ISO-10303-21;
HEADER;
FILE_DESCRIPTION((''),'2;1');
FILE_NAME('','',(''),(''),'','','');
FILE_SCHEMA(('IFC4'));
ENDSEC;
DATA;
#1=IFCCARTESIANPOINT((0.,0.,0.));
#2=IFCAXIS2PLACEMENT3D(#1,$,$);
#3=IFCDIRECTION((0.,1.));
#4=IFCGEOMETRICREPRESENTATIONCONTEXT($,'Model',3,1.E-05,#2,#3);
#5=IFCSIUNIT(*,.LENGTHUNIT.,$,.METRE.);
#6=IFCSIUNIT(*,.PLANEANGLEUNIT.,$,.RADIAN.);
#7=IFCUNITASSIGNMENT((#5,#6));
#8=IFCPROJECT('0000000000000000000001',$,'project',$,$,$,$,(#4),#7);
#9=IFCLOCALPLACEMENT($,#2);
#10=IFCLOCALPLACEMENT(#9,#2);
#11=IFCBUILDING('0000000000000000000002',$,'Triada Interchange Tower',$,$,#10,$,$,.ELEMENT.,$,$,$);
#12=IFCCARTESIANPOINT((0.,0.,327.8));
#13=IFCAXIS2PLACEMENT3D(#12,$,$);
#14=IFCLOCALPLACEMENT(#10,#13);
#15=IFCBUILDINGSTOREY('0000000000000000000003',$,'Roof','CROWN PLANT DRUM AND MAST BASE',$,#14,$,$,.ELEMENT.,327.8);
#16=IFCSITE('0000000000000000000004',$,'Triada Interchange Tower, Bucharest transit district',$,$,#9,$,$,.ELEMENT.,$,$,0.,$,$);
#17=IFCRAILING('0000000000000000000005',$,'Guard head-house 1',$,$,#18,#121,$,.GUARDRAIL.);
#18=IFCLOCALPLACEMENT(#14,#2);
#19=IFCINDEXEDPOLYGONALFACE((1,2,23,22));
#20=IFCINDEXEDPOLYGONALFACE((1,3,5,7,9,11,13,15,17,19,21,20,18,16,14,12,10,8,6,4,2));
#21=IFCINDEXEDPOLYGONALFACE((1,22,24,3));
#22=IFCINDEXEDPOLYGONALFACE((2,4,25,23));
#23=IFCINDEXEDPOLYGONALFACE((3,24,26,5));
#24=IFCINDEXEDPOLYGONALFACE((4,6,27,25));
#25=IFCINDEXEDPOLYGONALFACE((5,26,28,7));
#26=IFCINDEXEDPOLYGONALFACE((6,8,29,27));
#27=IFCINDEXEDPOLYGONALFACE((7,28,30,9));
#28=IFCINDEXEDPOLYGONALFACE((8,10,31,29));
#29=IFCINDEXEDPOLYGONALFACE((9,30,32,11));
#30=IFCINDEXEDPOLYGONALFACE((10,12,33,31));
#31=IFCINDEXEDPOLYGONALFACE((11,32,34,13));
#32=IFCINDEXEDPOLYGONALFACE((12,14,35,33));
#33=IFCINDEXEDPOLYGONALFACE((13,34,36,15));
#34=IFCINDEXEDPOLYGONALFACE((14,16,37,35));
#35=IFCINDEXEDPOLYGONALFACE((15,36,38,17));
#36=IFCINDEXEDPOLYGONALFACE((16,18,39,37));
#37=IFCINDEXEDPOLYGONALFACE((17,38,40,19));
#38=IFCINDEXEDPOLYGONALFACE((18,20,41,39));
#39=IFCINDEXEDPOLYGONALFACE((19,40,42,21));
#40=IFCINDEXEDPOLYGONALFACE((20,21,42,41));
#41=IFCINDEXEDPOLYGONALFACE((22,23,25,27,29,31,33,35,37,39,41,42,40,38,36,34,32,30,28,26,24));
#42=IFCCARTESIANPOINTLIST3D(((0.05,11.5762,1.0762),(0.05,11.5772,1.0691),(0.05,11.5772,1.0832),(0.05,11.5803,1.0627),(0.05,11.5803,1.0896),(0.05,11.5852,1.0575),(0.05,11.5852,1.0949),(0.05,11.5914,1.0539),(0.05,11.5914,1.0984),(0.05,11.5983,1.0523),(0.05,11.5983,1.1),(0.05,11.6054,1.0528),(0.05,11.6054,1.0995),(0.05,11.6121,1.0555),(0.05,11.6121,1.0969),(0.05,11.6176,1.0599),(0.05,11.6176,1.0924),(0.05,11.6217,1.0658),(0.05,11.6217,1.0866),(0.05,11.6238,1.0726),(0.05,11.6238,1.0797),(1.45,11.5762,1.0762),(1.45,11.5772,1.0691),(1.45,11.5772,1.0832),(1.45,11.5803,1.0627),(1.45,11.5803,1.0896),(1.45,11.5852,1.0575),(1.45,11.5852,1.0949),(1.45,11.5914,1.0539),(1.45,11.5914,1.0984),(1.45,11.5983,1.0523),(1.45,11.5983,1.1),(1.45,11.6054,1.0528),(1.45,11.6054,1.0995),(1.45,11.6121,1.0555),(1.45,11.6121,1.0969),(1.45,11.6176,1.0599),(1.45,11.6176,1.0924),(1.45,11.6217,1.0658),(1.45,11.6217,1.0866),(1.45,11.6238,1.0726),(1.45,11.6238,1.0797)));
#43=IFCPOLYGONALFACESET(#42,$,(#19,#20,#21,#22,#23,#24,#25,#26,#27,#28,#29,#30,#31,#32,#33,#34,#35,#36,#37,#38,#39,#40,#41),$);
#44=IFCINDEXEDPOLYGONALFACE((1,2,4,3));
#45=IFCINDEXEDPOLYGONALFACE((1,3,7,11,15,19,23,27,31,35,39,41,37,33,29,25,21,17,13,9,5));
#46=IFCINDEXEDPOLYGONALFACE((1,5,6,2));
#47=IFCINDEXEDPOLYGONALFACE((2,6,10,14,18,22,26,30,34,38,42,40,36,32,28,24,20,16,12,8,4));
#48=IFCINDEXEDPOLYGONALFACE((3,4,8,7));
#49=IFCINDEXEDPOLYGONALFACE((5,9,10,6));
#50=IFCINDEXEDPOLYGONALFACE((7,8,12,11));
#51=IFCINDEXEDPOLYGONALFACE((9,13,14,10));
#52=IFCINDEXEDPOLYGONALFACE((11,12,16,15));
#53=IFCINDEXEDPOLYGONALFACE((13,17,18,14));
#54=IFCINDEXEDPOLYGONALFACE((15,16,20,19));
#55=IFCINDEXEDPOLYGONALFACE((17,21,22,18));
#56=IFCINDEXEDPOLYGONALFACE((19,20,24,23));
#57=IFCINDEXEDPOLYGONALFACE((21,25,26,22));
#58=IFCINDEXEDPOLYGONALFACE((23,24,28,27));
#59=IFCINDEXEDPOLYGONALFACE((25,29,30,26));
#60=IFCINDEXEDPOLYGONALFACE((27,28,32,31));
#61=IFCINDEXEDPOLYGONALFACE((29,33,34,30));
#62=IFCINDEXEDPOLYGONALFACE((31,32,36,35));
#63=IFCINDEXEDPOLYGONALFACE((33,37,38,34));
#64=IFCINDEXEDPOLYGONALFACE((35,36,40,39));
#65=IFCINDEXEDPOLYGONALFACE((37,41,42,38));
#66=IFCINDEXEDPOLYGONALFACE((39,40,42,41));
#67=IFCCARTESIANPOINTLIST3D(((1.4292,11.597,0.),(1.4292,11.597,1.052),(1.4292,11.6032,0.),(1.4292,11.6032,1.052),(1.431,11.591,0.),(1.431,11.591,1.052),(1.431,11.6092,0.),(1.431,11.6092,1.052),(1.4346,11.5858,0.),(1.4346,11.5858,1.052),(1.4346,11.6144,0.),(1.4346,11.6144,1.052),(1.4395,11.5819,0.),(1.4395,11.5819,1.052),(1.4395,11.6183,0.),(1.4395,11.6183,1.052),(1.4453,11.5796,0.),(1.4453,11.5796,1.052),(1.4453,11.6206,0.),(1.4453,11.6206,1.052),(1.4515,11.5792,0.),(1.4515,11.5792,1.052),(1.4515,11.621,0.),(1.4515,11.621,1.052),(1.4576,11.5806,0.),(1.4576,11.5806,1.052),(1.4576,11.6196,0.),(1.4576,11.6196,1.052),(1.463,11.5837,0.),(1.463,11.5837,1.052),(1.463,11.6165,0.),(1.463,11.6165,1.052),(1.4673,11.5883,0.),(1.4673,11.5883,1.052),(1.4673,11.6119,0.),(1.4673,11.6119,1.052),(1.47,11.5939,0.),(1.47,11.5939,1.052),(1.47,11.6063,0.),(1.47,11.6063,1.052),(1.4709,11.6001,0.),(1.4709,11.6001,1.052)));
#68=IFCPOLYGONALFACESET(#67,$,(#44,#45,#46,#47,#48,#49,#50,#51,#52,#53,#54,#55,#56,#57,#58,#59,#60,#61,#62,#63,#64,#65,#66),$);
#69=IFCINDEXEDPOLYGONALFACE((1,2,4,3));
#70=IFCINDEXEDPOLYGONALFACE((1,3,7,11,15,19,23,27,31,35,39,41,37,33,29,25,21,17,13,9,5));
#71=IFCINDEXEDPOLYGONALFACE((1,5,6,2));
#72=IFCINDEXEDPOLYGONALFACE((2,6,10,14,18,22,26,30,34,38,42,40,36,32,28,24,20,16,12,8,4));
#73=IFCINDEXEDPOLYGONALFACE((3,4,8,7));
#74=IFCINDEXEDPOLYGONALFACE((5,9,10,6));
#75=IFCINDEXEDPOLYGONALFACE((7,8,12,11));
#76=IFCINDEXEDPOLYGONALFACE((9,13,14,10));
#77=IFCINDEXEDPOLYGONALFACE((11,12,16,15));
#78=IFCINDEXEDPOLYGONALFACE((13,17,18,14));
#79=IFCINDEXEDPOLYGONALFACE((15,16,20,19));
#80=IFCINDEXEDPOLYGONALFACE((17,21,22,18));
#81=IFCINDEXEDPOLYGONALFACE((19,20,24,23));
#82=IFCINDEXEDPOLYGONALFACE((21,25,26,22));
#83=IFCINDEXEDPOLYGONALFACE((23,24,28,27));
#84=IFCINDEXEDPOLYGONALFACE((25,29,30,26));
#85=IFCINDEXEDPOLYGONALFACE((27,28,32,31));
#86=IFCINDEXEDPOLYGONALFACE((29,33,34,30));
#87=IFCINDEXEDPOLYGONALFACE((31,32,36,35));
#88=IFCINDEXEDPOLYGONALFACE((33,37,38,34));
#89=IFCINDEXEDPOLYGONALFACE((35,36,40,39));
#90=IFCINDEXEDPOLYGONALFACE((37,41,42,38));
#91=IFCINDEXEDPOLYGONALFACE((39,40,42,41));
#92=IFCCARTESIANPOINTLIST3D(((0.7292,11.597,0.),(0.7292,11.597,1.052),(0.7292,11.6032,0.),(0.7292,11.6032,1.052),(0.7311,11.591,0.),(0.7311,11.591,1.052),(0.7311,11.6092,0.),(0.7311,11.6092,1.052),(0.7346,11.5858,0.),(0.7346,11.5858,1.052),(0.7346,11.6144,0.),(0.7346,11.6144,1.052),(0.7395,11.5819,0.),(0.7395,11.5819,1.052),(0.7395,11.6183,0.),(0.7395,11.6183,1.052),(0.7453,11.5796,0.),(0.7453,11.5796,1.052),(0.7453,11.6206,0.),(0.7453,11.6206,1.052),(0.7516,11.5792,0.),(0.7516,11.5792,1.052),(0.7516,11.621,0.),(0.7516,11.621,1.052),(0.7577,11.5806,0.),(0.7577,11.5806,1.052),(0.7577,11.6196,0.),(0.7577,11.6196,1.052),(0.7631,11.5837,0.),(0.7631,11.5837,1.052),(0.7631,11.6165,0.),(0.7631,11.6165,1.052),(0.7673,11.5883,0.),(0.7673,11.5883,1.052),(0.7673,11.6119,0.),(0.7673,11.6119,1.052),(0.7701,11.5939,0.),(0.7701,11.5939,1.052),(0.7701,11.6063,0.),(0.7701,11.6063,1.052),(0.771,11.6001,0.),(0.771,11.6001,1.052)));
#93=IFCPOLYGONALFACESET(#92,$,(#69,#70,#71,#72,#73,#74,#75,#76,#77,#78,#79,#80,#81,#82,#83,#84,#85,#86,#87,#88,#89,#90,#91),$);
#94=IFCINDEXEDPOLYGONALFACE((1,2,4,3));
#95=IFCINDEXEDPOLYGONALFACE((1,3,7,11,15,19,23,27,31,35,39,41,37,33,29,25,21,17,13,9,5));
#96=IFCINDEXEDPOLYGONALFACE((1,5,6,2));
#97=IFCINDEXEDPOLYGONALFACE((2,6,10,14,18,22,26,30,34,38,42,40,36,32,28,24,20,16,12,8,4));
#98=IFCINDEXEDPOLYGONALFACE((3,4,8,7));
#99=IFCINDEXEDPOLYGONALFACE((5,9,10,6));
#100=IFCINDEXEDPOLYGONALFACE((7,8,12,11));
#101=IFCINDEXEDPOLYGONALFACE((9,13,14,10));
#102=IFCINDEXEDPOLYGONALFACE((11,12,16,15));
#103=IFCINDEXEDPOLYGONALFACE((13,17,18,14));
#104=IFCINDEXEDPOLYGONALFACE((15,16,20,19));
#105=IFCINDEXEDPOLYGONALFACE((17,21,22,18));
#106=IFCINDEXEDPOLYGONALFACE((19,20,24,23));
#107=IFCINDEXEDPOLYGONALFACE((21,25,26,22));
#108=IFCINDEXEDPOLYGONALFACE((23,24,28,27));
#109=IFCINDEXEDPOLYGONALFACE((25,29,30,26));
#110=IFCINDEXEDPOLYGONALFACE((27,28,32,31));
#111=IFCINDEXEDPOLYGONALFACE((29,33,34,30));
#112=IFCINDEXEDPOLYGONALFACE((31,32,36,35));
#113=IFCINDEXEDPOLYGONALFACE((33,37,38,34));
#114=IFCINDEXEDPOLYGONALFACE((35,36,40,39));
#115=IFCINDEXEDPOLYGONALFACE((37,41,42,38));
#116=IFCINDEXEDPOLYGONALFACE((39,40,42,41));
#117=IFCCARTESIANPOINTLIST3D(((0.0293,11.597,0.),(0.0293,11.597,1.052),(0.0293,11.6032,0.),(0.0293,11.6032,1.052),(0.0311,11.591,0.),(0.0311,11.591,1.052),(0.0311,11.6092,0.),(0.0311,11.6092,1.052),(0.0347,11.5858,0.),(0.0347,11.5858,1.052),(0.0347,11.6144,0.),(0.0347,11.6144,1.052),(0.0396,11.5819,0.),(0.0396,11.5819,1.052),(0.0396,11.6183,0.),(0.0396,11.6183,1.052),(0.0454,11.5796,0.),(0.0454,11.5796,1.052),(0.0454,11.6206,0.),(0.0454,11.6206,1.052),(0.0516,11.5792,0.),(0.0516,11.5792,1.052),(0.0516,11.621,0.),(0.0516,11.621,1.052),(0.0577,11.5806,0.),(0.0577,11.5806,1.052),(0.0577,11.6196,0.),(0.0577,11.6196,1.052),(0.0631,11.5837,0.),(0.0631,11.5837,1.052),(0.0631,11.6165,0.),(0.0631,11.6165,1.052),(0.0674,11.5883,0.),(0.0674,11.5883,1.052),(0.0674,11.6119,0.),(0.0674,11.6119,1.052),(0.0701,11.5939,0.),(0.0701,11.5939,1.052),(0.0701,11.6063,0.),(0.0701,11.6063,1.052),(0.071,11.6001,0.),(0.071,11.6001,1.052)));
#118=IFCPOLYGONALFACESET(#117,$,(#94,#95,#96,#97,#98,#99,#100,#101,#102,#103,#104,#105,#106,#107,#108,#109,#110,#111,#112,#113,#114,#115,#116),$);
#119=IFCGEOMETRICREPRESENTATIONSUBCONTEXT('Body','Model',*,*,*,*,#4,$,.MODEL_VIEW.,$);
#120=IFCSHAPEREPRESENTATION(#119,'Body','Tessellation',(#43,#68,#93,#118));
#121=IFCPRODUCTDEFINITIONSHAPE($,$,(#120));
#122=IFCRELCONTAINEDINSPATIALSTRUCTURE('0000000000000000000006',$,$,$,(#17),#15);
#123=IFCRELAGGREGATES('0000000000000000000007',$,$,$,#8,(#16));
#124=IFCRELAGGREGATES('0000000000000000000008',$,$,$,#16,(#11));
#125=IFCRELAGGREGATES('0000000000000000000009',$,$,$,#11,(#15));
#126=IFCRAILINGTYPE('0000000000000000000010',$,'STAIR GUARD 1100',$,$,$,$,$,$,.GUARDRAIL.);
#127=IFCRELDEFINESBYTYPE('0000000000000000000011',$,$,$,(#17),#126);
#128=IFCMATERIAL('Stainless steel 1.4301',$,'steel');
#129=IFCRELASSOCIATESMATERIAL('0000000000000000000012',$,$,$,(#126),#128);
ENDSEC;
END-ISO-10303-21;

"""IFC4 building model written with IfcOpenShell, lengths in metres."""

from ifc_helpers import new_model, si_unit, direction, frame, origin, origin_2d, place, context, subcontext, project, spatial, circle, extrude, material, type_object, element, save


model = new_model("IFC4")

# Units and contexts
model_context = context("Model", 3, precision=1e-05, world=origin(), true_north=direction((0.0, 1.0)))
body_context = subcontext(model_context, "Body", "Model", "MODEL_VIEW")
ifc_project = project(units=[si_unit("LENGTHUNIT", "METRE"), si_unit("PLANEANGLEUNIT", "RADIAN")], contexts=[model_context])

# Site, building, storey
site_placement = place(None, origin())
site = spatial("IfcSite", under=ifc_project, at=site_placement, Name="Triada Interchange Tower, Bucharest transit district", CompositionType="ELEMENT", RefElevation=0.0)
building_placement = place(site_placement, origin())
building = spatial("IfcBuilding", under=site, at=building_placement, Name="Triada Interchange Tower", CompositionType="ELEMENT")
storey_placement = place(building_placement, frame((0.0, 0.0, 327.8)))
storey = spatial("IfcBuildingStorey", under=building, at=storey_placement, Name="Roof", Description="CROWN PLANT DRUM AND MAST BASE", CompositionType="ELEMENT", Elevation=327.8)

# Railing
ifc_material_1 = material(Name="Stainless steel 1.4301", Category="steel")
railing_type_1 = type_object("IfcRailingType", Name="STAIR GUARD 1100", PredefinedType="GUARDRAIL", material=ifc_material_1)
railing_1_placement = place(storey_placement, frame((1.45, 11.6001, 0.0)))
element("IfcRailing", 1, at=railing_1_placement, inside=storey, type_object=railing_type_1, Name="Guard head-house 1", PredefinedType="GUARDRAIL", context=body_context, shape_type="SweptSolid", body=[
    extrude(circle(Radius=0.0239, at=origin_2d()), frame((0.0, 0.0, 1.0762), z_axis=(-1.0, 0.0, 0.0), x_axis=(0.0, -1.0, 0.0)), (0.0, 0.0, 1.0), 1.3999),
    extrude(circle(Radius=0.021, at=origin_2d()), origin(), (0.0, 0.0, 1.0), 1.052),
    extrude(circle(Radius=0.021, at=origin_2d()), frame((-0.7, 0.0, 0.0)), (0.0, 0.0, 1.0), 1.052),
    extrude(circle(Radius=0.021, at=origin_2d()), frame((-1.3999, 0.0, 0.0)), (0.0, 0.0, 1.0), 1.052),
])

save(model, "model.ifc")
